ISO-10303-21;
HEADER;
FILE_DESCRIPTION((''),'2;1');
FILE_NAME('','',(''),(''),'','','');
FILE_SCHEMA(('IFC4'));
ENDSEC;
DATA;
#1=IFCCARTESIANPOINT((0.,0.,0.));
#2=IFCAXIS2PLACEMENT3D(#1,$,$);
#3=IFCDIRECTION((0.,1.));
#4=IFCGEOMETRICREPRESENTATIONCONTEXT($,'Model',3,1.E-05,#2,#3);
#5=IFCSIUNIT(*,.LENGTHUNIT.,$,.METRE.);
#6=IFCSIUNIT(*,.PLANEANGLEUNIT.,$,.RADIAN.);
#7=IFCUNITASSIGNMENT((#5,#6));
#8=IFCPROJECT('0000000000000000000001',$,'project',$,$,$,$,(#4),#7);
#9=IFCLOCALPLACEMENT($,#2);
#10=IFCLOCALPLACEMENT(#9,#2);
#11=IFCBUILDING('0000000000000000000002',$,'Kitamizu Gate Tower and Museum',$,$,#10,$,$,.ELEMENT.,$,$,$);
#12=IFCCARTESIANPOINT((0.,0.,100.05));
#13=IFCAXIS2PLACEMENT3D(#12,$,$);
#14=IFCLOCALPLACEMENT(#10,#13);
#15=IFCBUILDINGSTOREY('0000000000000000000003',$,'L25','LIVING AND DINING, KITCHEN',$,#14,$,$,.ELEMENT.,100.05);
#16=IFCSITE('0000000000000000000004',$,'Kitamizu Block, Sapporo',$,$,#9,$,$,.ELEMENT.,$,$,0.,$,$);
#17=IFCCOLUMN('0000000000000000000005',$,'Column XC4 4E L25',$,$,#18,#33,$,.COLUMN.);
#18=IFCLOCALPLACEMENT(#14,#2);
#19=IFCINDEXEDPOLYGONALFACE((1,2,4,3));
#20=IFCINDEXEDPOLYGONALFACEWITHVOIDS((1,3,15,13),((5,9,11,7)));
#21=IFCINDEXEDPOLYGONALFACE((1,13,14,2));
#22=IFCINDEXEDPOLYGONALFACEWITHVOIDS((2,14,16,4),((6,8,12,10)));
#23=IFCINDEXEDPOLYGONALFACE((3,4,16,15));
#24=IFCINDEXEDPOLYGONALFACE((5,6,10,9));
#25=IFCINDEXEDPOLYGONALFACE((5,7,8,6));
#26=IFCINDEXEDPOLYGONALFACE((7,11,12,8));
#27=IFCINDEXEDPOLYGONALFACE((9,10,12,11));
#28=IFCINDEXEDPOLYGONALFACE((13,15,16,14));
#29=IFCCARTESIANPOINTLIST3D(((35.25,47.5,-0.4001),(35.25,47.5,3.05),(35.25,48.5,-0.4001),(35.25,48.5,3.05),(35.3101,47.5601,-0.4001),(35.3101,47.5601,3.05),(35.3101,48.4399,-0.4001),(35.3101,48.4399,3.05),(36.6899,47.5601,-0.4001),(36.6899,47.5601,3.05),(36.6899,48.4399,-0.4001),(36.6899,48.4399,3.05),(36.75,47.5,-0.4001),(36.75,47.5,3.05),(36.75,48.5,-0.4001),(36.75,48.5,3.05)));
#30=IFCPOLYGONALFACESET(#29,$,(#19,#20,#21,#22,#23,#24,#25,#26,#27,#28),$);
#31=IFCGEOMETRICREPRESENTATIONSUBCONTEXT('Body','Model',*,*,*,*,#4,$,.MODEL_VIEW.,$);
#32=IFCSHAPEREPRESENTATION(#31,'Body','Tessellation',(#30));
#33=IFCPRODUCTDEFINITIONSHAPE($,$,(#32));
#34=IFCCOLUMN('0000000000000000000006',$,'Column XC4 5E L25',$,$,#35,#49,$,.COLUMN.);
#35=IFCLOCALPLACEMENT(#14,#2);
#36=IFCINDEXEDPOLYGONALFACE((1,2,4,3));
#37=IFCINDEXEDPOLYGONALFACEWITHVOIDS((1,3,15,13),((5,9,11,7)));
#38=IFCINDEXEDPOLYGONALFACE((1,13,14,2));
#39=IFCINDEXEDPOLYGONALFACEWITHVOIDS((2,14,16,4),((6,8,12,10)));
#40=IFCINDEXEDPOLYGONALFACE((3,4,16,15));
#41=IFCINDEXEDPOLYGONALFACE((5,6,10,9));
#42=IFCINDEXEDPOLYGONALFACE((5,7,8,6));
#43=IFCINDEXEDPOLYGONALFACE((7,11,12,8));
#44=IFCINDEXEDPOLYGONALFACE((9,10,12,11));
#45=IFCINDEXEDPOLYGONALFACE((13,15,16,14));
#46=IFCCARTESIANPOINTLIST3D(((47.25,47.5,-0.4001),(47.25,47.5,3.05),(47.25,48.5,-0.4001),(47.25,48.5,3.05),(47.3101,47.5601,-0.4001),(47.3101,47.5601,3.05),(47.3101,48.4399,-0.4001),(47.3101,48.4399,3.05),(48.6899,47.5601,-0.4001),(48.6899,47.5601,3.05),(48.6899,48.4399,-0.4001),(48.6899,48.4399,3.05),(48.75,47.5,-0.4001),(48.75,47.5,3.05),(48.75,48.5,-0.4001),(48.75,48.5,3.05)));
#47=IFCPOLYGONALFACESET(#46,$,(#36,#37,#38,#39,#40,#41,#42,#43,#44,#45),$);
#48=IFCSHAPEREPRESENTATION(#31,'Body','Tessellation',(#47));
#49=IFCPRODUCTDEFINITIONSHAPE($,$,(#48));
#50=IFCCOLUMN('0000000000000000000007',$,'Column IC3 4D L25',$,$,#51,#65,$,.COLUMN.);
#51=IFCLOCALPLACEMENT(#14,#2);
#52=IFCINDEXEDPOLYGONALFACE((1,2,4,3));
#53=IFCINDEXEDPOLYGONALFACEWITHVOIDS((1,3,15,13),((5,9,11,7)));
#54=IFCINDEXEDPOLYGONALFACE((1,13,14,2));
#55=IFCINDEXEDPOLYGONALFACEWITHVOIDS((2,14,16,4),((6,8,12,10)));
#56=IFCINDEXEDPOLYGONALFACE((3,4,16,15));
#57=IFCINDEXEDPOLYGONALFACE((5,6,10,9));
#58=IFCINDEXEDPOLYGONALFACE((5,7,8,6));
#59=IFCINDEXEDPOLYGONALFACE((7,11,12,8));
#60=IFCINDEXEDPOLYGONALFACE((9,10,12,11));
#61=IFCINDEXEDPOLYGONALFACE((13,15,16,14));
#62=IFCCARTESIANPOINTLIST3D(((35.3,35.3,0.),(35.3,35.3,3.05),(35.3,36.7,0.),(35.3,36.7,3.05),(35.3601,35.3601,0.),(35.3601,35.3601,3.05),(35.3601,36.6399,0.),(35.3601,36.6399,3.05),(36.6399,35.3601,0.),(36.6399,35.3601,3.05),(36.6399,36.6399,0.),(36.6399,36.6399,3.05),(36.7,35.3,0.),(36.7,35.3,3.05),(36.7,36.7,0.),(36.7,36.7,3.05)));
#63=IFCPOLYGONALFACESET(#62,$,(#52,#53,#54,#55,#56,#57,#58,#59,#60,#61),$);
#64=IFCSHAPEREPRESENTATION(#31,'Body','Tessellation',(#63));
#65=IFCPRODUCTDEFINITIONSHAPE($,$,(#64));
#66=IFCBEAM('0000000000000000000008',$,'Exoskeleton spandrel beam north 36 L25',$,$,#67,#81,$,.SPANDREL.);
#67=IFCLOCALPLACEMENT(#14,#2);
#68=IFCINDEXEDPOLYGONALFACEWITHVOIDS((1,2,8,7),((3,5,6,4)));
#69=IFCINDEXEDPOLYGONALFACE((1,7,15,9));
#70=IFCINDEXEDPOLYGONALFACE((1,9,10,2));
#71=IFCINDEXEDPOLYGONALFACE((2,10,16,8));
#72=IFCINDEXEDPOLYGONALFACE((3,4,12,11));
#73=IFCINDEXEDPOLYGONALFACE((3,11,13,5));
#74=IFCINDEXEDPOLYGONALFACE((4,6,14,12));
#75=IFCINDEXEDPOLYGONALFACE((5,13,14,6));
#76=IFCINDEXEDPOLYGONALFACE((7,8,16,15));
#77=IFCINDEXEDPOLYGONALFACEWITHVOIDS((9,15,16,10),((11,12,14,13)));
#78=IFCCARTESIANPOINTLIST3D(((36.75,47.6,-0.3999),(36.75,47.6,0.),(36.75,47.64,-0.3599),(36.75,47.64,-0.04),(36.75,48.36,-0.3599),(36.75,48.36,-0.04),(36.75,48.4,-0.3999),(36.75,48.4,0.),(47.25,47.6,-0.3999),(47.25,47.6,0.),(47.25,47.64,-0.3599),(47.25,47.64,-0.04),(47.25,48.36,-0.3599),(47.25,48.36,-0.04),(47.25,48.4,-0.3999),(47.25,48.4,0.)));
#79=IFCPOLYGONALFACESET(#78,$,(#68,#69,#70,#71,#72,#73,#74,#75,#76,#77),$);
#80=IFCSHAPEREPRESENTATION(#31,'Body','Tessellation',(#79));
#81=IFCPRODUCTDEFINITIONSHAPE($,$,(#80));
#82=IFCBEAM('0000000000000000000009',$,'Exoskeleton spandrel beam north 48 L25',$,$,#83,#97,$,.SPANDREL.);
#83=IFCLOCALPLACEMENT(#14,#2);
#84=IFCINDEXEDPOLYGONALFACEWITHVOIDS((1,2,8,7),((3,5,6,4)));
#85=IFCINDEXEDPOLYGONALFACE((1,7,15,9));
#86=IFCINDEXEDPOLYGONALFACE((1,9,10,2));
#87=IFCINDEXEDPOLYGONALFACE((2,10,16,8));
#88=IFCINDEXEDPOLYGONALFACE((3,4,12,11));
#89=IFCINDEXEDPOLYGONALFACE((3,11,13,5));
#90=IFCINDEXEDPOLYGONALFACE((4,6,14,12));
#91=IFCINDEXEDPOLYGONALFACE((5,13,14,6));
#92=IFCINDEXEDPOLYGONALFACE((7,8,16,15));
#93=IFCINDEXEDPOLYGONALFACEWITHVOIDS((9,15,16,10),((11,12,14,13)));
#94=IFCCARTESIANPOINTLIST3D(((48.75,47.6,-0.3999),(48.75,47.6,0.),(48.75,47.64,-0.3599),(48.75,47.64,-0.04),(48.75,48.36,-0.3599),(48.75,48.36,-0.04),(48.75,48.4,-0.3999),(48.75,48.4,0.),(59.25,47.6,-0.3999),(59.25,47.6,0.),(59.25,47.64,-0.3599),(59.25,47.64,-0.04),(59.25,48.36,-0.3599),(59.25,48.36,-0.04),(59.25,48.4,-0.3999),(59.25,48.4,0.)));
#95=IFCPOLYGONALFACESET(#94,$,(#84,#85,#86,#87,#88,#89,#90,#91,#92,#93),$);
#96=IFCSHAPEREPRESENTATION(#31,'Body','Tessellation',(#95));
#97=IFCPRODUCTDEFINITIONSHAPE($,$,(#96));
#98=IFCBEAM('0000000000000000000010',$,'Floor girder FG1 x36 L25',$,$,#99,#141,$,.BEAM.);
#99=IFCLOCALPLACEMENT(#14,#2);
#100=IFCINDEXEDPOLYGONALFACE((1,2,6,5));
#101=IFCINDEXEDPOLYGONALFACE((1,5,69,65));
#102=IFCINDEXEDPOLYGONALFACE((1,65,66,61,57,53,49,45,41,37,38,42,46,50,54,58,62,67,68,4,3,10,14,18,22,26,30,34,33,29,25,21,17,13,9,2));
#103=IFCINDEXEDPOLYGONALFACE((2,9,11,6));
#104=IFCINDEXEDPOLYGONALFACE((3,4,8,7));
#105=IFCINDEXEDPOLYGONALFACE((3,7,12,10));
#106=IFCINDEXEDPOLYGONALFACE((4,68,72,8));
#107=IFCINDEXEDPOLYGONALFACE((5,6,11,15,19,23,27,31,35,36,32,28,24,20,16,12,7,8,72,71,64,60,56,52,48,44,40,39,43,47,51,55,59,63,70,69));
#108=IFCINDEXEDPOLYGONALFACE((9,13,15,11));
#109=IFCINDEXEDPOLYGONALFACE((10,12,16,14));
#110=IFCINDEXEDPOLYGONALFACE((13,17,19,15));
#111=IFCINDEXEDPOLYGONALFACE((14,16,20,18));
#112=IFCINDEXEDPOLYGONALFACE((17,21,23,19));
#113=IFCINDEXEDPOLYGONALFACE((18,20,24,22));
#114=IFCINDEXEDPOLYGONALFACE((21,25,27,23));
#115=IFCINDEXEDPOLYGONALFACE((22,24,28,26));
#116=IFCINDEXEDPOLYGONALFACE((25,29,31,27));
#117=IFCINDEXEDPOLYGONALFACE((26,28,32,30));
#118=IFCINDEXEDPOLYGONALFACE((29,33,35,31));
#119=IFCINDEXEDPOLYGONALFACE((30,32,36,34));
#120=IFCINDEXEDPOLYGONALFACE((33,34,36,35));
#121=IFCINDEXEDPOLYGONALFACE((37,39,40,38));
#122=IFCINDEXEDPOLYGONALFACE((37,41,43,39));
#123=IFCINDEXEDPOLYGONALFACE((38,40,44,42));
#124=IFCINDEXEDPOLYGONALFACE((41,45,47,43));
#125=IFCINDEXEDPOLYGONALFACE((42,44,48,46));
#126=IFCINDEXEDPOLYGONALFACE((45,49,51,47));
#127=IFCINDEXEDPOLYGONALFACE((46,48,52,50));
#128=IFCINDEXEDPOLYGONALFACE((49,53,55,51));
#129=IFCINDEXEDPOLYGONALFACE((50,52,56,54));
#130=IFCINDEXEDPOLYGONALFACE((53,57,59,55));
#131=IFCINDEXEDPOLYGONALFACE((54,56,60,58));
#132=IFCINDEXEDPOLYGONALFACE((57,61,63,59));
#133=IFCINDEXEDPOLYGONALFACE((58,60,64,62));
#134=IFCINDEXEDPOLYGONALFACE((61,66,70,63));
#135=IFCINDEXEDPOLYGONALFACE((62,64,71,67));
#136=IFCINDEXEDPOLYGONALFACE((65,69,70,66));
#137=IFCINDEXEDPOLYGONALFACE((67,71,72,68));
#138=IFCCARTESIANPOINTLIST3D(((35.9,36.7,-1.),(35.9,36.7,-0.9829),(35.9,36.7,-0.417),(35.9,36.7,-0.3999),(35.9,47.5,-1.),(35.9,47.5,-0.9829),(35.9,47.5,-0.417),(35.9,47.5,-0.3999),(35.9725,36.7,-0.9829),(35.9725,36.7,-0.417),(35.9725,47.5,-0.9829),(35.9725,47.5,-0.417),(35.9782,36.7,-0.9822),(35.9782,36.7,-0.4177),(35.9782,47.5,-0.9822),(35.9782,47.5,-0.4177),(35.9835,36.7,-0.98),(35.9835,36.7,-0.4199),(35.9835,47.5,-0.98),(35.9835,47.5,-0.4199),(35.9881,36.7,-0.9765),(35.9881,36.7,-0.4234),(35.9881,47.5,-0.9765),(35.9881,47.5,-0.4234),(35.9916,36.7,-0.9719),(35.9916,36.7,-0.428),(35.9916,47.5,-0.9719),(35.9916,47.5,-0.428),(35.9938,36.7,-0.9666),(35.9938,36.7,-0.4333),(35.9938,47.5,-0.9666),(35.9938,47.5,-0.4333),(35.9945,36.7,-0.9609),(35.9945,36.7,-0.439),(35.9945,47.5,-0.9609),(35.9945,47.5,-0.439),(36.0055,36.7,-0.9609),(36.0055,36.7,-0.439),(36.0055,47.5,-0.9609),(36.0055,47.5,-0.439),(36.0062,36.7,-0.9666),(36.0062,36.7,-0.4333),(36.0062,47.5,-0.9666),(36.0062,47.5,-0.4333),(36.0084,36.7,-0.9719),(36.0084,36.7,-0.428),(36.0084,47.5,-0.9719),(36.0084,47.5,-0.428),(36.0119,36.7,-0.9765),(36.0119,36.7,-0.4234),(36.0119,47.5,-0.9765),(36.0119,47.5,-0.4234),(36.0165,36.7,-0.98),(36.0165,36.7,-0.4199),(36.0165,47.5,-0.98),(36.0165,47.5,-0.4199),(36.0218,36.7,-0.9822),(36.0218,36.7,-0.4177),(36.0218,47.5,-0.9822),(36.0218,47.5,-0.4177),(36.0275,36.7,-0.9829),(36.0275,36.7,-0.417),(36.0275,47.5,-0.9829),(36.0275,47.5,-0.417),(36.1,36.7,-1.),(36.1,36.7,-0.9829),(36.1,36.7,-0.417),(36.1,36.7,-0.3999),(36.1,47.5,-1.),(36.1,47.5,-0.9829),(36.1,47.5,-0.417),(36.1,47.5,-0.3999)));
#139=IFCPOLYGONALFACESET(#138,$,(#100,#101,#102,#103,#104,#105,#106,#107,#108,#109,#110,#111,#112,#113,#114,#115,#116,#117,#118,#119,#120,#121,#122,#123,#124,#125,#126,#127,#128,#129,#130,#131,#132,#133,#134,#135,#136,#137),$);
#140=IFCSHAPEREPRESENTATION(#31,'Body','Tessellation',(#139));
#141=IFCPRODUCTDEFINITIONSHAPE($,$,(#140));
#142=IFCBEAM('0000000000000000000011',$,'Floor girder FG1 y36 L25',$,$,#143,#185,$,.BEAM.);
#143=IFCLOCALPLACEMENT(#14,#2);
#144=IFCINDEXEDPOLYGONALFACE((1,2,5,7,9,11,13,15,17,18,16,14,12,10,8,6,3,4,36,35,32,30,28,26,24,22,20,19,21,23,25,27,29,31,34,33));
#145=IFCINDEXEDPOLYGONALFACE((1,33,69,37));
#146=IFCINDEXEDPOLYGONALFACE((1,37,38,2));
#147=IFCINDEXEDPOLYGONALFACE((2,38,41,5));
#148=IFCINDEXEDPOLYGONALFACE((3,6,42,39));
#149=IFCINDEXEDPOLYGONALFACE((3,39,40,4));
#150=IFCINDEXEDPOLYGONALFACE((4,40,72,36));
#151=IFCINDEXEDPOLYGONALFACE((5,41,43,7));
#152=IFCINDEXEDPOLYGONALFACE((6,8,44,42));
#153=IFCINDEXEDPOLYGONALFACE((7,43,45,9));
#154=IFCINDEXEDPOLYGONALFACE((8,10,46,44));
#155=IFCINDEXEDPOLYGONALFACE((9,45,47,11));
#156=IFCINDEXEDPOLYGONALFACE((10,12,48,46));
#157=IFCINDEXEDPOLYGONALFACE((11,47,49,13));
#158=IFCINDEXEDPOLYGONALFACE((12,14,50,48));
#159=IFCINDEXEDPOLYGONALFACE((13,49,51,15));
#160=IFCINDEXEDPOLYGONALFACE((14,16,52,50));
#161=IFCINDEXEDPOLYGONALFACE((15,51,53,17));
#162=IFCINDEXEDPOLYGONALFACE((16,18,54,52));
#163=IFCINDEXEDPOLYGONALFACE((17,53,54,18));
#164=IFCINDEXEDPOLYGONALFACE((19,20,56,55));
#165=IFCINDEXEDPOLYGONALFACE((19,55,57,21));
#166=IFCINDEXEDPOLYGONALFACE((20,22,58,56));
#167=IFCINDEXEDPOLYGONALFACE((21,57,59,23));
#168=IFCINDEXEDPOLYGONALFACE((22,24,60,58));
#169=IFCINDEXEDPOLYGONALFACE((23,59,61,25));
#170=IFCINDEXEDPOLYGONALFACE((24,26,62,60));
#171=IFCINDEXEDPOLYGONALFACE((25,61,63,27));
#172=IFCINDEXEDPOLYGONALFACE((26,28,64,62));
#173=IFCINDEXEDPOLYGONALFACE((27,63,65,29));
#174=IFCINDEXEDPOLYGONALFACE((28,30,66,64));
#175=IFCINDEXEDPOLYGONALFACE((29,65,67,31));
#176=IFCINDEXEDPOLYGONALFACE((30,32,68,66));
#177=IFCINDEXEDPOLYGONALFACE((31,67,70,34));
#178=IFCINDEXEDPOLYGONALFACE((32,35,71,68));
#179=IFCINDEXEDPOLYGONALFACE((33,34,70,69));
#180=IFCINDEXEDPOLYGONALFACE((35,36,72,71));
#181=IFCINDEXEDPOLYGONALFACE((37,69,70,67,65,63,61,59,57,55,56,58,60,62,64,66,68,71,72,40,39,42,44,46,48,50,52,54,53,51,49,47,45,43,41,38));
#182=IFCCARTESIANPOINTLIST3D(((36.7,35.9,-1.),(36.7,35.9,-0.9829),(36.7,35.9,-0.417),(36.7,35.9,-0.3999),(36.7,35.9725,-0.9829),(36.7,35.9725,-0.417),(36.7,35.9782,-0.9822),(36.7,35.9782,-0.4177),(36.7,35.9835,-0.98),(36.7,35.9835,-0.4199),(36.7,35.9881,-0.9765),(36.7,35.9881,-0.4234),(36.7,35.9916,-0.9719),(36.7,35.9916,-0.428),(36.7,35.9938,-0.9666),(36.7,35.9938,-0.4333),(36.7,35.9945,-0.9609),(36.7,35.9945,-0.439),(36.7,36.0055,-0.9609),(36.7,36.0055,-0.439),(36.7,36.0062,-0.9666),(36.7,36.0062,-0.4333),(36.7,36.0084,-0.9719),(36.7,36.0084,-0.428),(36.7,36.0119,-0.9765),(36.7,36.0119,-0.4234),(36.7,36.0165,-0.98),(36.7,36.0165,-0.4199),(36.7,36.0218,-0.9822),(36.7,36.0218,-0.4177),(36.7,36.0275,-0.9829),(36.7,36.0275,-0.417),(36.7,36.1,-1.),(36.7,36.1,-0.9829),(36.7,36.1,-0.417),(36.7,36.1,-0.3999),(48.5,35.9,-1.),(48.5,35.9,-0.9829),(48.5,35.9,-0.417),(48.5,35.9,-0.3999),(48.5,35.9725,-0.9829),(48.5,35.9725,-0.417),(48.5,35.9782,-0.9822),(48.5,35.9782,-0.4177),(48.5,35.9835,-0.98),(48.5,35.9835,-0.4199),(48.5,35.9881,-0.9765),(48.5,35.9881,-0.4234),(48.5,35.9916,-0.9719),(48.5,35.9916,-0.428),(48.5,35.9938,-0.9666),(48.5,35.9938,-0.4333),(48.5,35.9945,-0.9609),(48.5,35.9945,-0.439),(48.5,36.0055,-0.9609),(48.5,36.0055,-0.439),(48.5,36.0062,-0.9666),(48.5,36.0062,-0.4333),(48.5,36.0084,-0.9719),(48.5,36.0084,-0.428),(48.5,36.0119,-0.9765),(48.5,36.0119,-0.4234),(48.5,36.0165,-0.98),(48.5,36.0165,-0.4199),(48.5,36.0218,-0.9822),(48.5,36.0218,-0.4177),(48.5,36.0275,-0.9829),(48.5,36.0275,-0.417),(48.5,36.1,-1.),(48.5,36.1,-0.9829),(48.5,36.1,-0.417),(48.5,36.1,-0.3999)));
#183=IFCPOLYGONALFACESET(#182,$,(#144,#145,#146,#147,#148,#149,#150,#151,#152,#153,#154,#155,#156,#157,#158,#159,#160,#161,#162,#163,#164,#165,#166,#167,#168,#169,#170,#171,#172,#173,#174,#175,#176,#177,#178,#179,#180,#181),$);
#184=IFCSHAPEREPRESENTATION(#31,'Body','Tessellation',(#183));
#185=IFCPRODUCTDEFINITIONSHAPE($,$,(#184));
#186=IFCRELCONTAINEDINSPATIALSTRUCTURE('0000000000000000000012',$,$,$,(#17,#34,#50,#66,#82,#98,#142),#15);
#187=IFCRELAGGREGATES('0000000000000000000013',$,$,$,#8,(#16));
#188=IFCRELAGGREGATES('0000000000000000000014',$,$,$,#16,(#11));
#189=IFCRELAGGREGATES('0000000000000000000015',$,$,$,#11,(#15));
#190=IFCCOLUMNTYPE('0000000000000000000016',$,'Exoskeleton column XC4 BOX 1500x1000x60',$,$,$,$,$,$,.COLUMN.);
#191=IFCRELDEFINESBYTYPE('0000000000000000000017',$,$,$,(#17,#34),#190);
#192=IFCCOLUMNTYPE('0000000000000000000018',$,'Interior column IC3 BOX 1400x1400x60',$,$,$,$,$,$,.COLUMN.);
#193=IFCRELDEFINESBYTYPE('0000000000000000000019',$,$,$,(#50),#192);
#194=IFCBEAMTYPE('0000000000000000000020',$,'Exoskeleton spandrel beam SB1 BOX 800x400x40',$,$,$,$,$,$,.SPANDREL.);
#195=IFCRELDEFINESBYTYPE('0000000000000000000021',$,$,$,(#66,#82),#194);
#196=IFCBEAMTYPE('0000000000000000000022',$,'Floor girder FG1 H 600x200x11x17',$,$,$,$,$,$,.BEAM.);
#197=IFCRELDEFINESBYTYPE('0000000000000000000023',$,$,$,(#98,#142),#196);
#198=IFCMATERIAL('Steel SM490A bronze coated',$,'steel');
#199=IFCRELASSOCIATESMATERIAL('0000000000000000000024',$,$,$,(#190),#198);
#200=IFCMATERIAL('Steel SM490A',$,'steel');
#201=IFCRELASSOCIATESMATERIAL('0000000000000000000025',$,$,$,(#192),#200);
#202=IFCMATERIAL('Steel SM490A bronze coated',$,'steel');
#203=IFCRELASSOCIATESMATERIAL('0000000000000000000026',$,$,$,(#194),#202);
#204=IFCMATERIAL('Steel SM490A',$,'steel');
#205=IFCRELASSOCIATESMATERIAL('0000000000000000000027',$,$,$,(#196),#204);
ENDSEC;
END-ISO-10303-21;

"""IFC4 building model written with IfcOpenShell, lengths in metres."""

from ifc_helpers import new_model, si_unit, direction, frame, origin, origin_2d, place, context, subcontext, project, spatial, hollow_rectangle, i_section, extrude, material, material_profile, profile_set, type_object, element, save


model = new_model("IFC4")

# Units and contexts
model_context = context("Model", 3, precision=1e-05, world=origin(), true_north=direction((0.0, 1.0)))
body_context = subcontext(model_context, "Body", "Model", "MODEL_VIEW")
ifc_project = project(units=[si_unit("LENGTHUNIT", "METRE"), si_unit("PLANEANGLEUNIT", "RADIAN")], contexts=[model_context])

# Site, building, storey
site_placement = place(None, origin())
site = spatial("IfcSite", under=ifc_project, at=site_placement, Name="Kitamizu Block, Sapporo", CompositionType="ELEMENT", RefElevation=0.0)
building_placement = place(site_placement, origin())
building = spatial("IfcBuilding", under=site, at=building_placement, Name="Kitamizu Gate Tower and Museum", CompositionType="ELEMENT")
storey_placement = place(building_placement, frame((0.0, 0.0, 100.05)))
storey = spatial("IfcBuildingStorey", under=building, at=storey_placement, Name="L25", Description="LIVING AND DINING, KITCHEN", CompositionType="ELEMENT", Elevation=100.05)

# Columns
ifc_material_1 = material(Name="Steel SM490A bronze coated", Category="steel")
ifc_material_profile_1 = material_profile(ifc_material_1, hollow_rectangle(XDim=1.5, YDim=1.0, WallThickness=0.0601, at=origin_2d()), Name="BOX 1500x1000x60")
ifc_profile_set_1 = profile_set([ifc_material_profile_1], Name="Steel SM490A bronze coated")
column_type_1 = type_object("IfcColumnType", Name="Exoskeleton column XC4 BOX 1500x1000x60", PredefinedType="COLUMN", material=ifc_profile_set_1)
for number, where, z_axis, x_axis, name in (
    (1, (36.0, 48.0, -0.4001), (0.0, 0.0, 1.0), (1.0, 0.0, 0.0), "Column XC4 4E L25"),
    (2, (48.0, 48.0, -0.4001), (0.0, 0.0, 1.0), (1.0, 0.0, 0.0), "Column XC4 5E L25"),
):
    element("IfcColumn", number, at=place(storey_placement, frame(where, z_axis=z_axis, x_axis=x_axis)), inside=storey, type_object=column_type_1, Name=name, PredefinedType="COLUMN", context=body_context, shape_type="SweptSolid", body=[
        extrude(hollow_rectangle(XDim=1.5, YDim=1.0, WallThickness=0.0601, at=origin_2d()), origin(), (0.0, 0.0, 1.0), 3.4502),
    ])
ifc_material_2 = material(Name="Steel SM490A", Category="steel")
ifc_material_profile_2 = material_profile(ifc_material_2, hollow_rectangle(XDim=1.3999, YDim=1.3999, WallThickness=0.0601, at=origin_2d()), Name="BOX 1400x1400x60")
ifc_profile_set_2 = profile_set([ifc_material_profile_2], Name="Steel SM490A")
column_type_2 = type_object("IfcColumnType", Name="Interior column IC3 BOX 1400x1400x60", PredefinedType="COLUMN", material=ifc_profile_set_2)
column_placement = place(storey_placement, frame((36.0, 36.0, 0.0), z_axis=(0.0, 0.0, 1.0), x_axis=(1.0, 0.0, 0.0)))
element("IfcColumn", 3, at=column_placement, inside=storey, type_object=column_type_2, Name="Column IC3 4D L25", PredefinedType="COLUMN", context=body_context, shape_type="SweptSolid", body=[
    extrude(hollow_rectangle(XDim=1.3999, YDim=1.3999, WallThickness=0.0601, at=origin_2d()), origin(), (0.0, 0.0, 1.0), 3.05),
])

# Beams
ifc_material_3 = material(Name="Steel SM490A bronze coated", Category="steel")
ifc_material_profile_3 = material_profile(ifc_material_3, hollow_rectangle(XDim=0.8, YDim=0.3999, WallThickness=0.04, at=origin_2d()), Name="BOX 800x400x40")
ifc_profile_set_3 = profile_set([ifc_material_profile_3], Name="Steel SM490A bronze coated")
beam_type_1 = type_object("IfcBeamType", Name="Exoskeleton spandrel beam SB1 BOX 800x400x40", PredefinedType="SPANDREL", material=ifc_profile_set_3)
for number, where, z_axis, x_axis, name in (
    (4, (36.75, 48.0, -0.2), (1.0, 0.0, 0.0), (0.0, 1.0, 0.0), "Exoskeleton spandrel beam north 36 L25"),
    (5, (48.75, 48.0, -0.2), (1.0, 0.0, 0.0), (0.0, 1.0, 0.0), "Exoskeleton spandrel beam north 48 L25"),
):
    element("IfcBeam", number, at=place(storey_placement, frame(where, z_axis=z_axis, x_axis=x_axis)), inside=storey, type_object=beam_type_1, Name=name, PredefinedType="SPANDREL", context=body_context, shape_type="SweptSolid", body=[
        extrude(hollow_rectangle(XDim=0.8, YDim=0.3999, WallThickness=0.04, at=origin_2d()), origin(), (0.0, 0.0, 1.0), 10.5),
    ])
ifc_material_4 = material(Name="Steel SM490A", Category="steel")
ifc_material_profile_4 = material_profile(ifc_material_4, i_section(OverallWidth=0.2, OverallDepth=0.6001, WebThickness=0.011, FlangeThickness=0.0171, FilletRadius=0.022, at=origin_2d()), Name="H-600x200x11x17")
ifc_profile_set_4 = profile_set([ifc_material_profile_4], Name="Steel SM490A")
beam_type_2 = type_object("IfcBeamType", Name="Floor girder FG1 H 600x200x11x17", PredefinedType="BEAM", material=ifc_profile_set_4)
beam_1_placement = place(storey_placement, frame((36.0, 36.7, -0.7), z_axis=(0.0, 1.0, 0.0), x_axis=(-1.0, 0.0, 0.0)))
element("IfcBeam", 6, at=beam_1_placement, inside=storey, type_object=beam_type_2, Name="Floor girder FG1 x36 L25", PredefinedType="BEAM", context=body_context, shape_type="SweptSolid", body=[
    extrude(i_section(OverallWidth=0.2, OverallDepth=0.6001, WebThickness=0.011, FlangeThickness=0.0171, FilletRadius=0.022, at=origin_2d()), origin(), (0.0, 0.0, 1.0), 10.8),
])
beam_2_placement = place(storey_placement, frame((36.7, 36.0, -0.7), z_axis=(1.0, 0.0, 0.0), x_axis=(0.0, 1.0, 0.0)))
element("IfcBeam", 7, at=beam_2_placement, inside=storey, type_object=beam_type_2, Name="Floor girder FG1 y36 L25", PredefinedType="BEAM", context=body_context, shape_type="SweptSolid", body=[
    extrude(i_section(OverallWidth=0.2, OverallDepth=0.6001, WebThickness=0.011, FlangeThickness=0.0171, FilletRadius=0.022, at=origin_2d()), origin(), (0.0, 0.0, 1.0), 11.8),
])

save(model, "model.ifc")
